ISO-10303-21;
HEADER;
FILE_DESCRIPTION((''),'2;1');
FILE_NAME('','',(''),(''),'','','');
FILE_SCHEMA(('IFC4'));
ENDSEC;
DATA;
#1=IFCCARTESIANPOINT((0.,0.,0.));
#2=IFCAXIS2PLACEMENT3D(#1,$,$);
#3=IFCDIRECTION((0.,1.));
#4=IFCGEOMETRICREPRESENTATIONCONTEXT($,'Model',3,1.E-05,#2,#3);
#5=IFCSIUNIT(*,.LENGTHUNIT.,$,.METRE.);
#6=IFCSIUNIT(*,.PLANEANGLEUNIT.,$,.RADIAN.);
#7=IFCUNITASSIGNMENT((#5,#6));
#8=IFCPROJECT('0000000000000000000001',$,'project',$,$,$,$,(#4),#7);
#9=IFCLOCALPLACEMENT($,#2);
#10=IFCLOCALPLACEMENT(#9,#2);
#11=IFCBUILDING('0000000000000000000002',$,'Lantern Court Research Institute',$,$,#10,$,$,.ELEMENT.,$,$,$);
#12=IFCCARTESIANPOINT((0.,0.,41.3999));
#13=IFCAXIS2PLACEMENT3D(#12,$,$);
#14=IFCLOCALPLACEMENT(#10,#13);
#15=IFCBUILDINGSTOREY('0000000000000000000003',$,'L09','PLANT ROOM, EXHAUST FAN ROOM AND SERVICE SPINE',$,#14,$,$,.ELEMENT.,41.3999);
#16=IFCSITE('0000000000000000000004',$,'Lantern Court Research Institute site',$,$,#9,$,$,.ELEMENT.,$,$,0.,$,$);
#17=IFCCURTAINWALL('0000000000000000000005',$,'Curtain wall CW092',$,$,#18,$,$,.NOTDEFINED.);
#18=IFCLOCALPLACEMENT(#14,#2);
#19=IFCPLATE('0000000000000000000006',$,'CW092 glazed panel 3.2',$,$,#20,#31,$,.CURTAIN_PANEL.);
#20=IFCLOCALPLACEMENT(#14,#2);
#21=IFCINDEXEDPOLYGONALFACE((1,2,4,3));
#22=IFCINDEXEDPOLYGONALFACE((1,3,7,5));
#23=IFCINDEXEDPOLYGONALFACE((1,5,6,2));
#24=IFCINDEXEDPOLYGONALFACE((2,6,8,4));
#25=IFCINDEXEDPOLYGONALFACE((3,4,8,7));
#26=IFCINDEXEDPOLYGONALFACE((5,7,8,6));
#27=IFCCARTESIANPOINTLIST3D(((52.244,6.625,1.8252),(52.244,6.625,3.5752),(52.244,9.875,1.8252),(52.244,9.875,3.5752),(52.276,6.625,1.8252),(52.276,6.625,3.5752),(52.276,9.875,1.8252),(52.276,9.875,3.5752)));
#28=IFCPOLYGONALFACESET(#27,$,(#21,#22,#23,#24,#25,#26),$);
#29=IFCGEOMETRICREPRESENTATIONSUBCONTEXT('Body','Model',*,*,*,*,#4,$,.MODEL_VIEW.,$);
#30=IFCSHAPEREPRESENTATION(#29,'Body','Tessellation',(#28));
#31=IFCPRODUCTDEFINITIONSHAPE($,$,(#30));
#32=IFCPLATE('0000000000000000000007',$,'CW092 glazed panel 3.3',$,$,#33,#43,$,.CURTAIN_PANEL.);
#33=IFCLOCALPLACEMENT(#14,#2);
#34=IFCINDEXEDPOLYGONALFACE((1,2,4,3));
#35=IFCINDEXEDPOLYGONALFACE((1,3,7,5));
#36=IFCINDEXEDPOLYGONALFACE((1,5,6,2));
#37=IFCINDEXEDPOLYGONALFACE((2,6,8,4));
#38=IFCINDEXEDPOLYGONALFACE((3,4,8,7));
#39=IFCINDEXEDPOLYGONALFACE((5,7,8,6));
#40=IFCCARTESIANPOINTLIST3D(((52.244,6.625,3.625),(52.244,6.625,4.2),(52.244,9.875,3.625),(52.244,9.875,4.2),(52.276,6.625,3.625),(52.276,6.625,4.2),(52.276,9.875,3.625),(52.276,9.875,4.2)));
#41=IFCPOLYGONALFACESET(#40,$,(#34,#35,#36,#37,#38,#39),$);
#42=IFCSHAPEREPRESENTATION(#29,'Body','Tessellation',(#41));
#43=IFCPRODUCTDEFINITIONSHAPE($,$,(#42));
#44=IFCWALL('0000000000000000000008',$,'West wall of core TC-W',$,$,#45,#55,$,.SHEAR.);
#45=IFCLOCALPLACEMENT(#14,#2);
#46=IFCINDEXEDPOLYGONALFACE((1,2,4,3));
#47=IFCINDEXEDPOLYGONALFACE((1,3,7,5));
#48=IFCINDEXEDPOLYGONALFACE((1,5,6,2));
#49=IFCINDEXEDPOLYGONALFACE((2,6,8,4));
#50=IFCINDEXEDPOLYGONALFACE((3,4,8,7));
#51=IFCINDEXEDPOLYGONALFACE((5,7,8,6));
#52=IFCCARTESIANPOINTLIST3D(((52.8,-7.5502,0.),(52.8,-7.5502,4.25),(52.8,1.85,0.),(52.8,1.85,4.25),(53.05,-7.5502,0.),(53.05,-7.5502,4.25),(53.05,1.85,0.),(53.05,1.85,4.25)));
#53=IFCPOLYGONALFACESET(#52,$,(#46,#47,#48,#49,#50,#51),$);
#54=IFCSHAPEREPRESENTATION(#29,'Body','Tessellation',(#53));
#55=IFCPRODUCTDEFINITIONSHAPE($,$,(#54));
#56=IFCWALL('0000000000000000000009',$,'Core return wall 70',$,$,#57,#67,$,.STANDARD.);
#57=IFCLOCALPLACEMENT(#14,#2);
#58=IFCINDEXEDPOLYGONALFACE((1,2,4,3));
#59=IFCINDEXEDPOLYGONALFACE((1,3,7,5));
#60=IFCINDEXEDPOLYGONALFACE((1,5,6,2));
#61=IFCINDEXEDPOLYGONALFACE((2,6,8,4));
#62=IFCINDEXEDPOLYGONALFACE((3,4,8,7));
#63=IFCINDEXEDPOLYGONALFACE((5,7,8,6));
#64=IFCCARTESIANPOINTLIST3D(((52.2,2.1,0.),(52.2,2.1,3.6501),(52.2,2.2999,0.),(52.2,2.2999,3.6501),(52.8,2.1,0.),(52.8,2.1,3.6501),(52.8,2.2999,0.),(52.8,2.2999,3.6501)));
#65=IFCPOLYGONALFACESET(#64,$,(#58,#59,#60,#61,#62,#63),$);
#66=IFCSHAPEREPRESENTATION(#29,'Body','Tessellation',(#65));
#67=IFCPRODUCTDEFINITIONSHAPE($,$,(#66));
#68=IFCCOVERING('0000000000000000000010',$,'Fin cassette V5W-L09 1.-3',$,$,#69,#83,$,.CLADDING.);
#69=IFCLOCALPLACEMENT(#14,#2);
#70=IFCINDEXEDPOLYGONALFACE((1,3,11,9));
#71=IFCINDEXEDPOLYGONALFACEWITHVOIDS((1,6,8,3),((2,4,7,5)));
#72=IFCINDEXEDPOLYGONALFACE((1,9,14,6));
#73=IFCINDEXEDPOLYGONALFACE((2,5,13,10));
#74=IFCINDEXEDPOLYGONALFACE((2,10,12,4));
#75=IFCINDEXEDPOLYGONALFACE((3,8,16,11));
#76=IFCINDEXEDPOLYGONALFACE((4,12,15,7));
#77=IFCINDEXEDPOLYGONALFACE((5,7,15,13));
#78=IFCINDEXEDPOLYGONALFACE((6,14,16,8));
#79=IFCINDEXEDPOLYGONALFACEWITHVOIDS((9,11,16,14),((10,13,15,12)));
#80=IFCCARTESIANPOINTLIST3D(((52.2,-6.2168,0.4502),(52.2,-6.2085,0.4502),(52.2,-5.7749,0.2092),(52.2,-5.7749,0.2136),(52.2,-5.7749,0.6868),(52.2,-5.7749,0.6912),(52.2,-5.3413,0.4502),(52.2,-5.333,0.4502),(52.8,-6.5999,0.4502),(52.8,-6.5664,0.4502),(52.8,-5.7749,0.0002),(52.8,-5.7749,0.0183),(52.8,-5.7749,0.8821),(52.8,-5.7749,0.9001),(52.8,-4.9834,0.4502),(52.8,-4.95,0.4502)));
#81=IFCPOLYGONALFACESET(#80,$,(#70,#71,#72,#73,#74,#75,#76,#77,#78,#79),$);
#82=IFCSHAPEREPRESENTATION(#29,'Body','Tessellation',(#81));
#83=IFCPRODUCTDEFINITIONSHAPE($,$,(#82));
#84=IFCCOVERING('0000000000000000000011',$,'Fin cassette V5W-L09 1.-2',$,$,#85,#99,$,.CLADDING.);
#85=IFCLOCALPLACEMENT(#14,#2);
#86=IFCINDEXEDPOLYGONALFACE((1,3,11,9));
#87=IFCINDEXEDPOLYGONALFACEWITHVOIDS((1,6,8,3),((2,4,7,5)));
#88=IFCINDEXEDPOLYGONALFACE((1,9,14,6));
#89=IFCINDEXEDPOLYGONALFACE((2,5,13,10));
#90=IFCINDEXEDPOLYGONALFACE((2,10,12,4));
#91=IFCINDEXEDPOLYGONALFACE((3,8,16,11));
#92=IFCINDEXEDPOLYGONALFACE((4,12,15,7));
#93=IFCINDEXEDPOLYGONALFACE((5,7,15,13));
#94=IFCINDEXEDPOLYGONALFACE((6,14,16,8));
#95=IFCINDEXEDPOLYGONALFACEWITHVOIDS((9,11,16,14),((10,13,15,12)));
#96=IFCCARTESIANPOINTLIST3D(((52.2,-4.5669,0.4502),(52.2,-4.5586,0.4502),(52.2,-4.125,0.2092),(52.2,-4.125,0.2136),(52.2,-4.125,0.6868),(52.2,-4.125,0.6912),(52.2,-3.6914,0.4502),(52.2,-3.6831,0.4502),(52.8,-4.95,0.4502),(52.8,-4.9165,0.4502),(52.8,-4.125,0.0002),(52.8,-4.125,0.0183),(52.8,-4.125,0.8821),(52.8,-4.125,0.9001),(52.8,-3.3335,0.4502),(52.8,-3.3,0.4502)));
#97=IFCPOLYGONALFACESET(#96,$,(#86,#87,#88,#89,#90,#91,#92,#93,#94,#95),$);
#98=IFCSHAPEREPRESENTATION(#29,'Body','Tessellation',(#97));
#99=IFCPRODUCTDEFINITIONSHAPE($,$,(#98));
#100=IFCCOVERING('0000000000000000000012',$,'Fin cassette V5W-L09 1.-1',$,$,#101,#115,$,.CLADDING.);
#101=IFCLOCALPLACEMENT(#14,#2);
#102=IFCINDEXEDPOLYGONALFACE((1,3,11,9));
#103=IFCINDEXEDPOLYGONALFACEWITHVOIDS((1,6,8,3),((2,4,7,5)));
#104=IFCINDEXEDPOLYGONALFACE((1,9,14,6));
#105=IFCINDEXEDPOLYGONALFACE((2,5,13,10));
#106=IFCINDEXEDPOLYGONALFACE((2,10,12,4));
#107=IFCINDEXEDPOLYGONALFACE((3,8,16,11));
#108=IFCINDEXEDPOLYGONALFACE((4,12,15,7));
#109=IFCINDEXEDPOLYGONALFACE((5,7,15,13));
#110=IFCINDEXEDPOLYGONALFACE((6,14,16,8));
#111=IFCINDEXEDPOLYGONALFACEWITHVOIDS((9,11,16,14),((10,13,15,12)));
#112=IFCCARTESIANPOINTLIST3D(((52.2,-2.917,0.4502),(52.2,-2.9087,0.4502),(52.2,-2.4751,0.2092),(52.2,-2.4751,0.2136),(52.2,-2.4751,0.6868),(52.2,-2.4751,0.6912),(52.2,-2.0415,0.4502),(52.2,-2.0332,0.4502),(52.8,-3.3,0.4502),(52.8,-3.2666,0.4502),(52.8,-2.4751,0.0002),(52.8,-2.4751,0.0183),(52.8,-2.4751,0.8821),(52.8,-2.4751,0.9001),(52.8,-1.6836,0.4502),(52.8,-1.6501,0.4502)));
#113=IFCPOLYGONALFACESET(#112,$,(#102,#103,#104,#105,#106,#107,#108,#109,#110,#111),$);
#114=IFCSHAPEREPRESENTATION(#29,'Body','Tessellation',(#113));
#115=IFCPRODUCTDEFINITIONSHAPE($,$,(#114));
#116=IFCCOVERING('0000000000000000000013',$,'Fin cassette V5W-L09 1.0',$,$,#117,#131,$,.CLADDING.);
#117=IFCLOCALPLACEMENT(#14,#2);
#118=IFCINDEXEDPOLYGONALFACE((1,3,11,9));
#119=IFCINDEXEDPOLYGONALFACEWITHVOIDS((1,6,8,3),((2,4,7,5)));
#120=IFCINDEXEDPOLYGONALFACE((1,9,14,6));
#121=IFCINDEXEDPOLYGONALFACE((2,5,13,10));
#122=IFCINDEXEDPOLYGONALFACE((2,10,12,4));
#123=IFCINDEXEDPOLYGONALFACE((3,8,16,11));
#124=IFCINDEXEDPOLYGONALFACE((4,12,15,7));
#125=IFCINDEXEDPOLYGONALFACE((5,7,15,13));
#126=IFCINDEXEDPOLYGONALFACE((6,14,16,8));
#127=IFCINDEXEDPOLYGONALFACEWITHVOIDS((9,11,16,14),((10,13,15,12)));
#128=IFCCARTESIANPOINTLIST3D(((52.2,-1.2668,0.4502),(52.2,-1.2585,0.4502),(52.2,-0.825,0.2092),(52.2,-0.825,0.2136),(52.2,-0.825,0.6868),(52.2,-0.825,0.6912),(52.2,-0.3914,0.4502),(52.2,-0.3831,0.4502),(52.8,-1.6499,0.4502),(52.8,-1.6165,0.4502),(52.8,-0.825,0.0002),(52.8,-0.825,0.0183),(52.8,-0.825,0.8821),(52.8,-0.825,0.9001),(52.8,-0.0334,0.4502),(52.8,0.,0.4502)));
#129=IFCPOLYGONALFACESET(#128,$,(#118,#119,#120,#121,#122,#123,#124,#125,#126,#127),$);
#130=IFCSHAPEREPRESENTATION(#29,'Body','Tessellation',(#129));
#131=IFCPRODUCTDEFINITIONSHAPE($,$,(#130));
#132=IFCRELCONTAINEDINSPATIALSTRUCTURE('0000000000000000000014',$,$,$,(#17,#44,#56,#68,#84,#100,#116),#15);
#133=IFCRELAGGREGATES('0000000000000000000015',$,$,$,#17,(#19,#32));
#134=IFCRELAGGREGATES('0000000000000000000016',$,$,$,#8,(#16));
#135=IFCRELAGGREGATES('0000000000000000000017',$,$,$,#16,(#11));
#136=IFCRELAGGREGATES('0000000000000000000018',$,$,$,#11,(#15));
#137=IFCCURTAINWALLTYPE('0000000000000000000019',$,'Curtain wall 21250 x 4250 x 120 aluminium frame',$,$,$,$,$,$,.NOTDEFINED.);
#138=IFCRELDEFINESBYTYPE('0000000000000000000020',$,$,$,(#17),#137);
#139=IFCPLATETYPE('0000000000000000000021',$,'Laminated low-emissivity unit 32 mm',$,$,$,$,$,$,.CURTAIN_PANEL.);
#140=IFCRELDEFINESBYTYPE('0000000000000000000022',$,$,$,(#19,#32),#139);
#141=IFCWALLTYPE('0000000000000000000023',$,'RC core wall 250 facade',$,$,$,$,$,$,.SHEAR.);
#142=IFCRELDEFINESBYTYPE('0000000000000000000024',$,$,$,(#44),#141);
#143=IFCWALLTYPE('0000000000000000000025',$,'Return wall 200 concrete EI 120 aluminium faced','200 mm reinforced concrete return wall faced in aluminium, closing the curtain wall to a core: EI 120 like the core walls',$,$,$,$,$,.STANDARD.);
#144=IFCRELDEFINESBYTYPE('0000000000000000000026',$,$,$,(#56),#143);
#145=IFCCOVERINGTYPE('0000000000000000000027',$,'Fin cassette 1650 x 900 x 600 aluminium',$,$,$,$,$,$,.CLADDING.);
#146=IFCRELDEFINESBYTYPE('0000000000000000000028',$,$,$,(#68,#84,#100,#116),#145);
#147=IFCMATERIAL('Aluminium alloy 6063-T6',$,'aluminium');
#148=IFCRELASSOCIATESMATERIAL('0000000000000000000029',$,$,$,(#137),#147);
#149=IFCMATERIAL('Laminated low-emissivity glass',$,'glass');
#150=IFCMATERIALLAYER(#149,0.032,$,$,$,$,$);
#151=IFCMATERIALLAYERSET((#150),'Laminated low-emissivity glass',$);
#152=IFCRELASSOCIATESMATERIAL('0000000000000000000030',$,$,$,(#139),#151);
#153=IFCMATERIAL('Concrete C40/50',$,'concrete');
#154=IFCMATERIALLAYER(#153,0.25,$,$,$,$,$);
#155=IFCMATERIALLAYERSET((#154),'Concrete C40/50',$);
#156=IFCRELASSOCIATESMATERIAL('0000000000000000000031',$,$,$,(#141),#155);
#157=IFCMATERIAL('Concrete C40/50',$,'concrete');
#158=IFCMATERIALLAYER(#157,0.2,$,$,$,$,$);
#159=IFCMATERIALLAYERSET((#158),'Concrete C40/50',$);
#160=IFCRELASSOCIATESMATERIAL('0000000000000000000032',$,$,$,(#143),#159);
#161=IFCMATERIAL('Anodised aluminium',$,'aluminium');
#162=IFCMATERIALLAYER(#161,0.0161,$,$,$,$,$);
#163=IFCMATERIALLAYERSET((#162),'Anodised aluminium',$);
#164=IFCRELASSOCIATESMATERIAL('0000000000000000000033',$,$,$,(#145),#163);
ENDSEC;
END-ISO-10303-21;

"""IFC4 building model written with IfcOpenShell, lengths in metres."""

from ifc_helpers import new_model, entity, si_unit, direction, frame, frame_2d, origin, origin_2d, place, context, subcontext, project, spatial, rectangle, extrude, material, layer, layer_set, type_object, element, aggregate, save


model = new_model("IFC4")

# Units and contexts
model_context = context("Model", 3, precision=1e-05, world=origin(), true_north=direction((0.0, 1.0)))
body_context = subcontext(model_context, "Body", "Model", "MODEL_VIEW")
ifc_project = project(units=[si_unit("LENGTHUNIT", "METRE"), si_unit("PLANEANGLEUNIT", "RADIAN")], contexts=[model_context])

# Site, building, storey
site_placement = place(None, origin())
site = spatial("IfcSite", under=ifc_project, at=site_placement, Name="Lantern Court Research Institute site", CompositionType="ELEMENT", RefElevation=0.0)
building_placement = place(site_placement, origin())
building = spatial("IfcBuilding", under=site, at=building_placement, Name="Lantern Court Research Institute", CompositionType="ELEMENT")
storey_placement = place(building_placement, frame((0.0, 0.0, 41.3999)))
storey = spatial("IfcBuildingStorey", under=building, at=storey_placement, Name="L09", Description="PLANT ROOM, EXHAUST FAN ROOM AND SERVICE SPINE", CompositionType="ELEMENT", Elevation=41.3999)

# Curtain wall, plates
ifc_material_1 = material(Name="Aluminium alloy 6063-T6", Category="aluminium")
curtain_wall_type = type_object("IfcCurtainWallType", Name="Curtain wall 21250 x 4250 x 120 aluminium frame", PredefinedType="NOTDEFINED", material=ifc_material_1)
curtain_wall_placement = place(storey_placement, origin())
curtain_wall = element("IfcCurtainWall", 1, at=curtain_wall_placement, inside=storey, type_object=curtain_wall_type, Name="Curtain wall CW092", PredefinedType="NOTDEFINED")
ifc_material_2 = material(Name="Laminated low-emissivity glass", Category="glass")
ifc_layer_1 = layer(ifc_material_2, 0.032)
ifc_layer_set_1 = layer_set([ifc_layer_1], Name="Laminated low-emissivity glass")
plate_type_1 = type_object("IfcPlateType", Name="Laminated low-emissivity unit 32 mm", PredefinedType="CURTAIN_PANEL", material=ifc_layer_set_1)
plate_1_placement = place(storey_placement, frame((52.26, 8.25, 1.8252), z_axis=(0.0, 0.0, 1.0), x_axis=(0.0, 1.0, 0.0)))
plate_1 = element("IfcPlate", 2, at=plate_1_placement, type_object=plate_type_1, Name="CW092 glazed panel 3.2", PredefinedType="CURTAIN_PANEL", context=body_context, shape_type="SweptSolid", body=[
    extrude(rectangle(XDim=3.25, YDim=0.032, at=origin_2d()), origin(), (0.0, 0.0, 1.0), 1.75),
])
plate_2_placement = place(storey_placement, frame((52.26, 8.25, 3.625), z_axis=(0.0, 0.0, 1.0), x_axis=(0.0, 1.0, 0.0)))
plate_2 = element("IfcPlate", 3, at=plate_2_placement, type_object=plate_type_1, Name="CW092 glazed panel 3.3", PredefinedType="CURTAIN_PANEL", context=body_context, shape_type="SweptSolid", body=[
    extrude(rectangle(XDim=3.25, YDim=0.032, at=origin_2d()), origin(), (0.0, 0.0, 1.0), 0.575),
])
aggregate(curtain_wall, [plate_1, plate_2])

# Walls
ifc_material_3 = material(Name="Concrete C40/50", Category="concrete")
ifc_layer_2 = layer(ifc_material_3, 0.25)
ifc_layer_set_2 = layer_set([ifc_layer_2], Name="Concrete C40/50")
wall_type_1 = type_object("IfcWallType", Name="RC core wall 250 facade", PredefinedType="SHEAR", material=ifc_layer_set_2)
wall_1_placement = place(storey_placement, frame((52.925, 1.8501, 0.0), z_axis=(0.0, 0.0, 1.0), x_axis=(0.0, -1.0, 0.0)))
element("IfcWall", 4, at=wall_1_placement, inside=storey, type_object=wall_type_1, Name="West wall of core TC-W", PredefinedType="SHEAR", context=body_context, shape_type="SweptSolid", body=[
    extrude(rectangle(XDim=9.4001, YDim=0.25, at=frame_2d((4.7002, 0.0))), origin(), (0.0, 0.0, 1.0), 4.25),
])
ifc_material_4 = material(Name="Concrete C40/50", Category="concrete")
ifc_layer_3 = layer(ifc_material_4, 0.2)
ifc_layer_set_3 = layer_set([ifc_layer_3], Name="Concrete C40/50")
wall_type_2 = type_object("IfcWallType", Name="Return wall 200 concrete EI 120 aluminium faced", Description="200 mm reinforced concrete return wall faced in aluminium, closing the curtain wall to a core: EI 120 like the core walls", PredefinedType="STANDARD", material=ifc_layer_set_3)
wall_2_placement = place(storey_placement, frame((52.8, 2.2, 0.0), z_axis=(0.0, 0.0, 1.0), x_axis=(-1.0, 0.0, 0.0)))
element("IfcWall", 5, at=wall_2_placement, inside=storey, type_object=wall_type_2, Name="Core return wall 70", PredefinedType="STANDARD", context=body_context, shape_type="SweptSolid", body=[
    extrude(rectangle(XDim=0.6001, YDim=0.2, at=frame_2d((0.3, 0.0))), origin(), (0.0, 0.0, 1.0), 3.6501),
])

# Coverings
ifc_material_5 = material(Name="Anodised aluminium", Category="aluminium")
ifc_layer_4 = layer(ifc_material_5, 0.0161)
ifc_layer_set_4 = layer_set([ifc_layer_4], Name="Anodised aluminium")
covering_type = type_object("IfcCoveringType", Name="Fin cassette 1650 x 900 x 600 aluminium", PredefinedType="CLADDING", material=ifc_layer_set_4)
covering_1_placement = place(storey_placement, frame((52.8, -5.7749, 0.4502), z_axis=(-1.0, 0.0, 0.0), x_axis=(0.0, -1.0, 0.0)))
cartesian_point_1 = entity("IfcCartesianPoint", [0.825, 0.0])
cartesian_point_2 = entity("IfcCartesianPoint", [0.7915, 0.0])
cartesian_point_3 = entity("IfcCartesianPoint", [0.4419, 0.0])
cartesian_point_4 = entity("IfcCartesianPoint", [0.4336, 0.0])
element("IfcCovering", 6, at=covering_1_placement, inside=storey, type_object=covering_type, Name="Fin cassette V5W-L09 1.-3", PredefinedType="CLADDING", context=body_context, shape_type="SweptSolid", body=[
    entity("IfcExtrudedAreaSolidTapered", entity("IfcArbitraryProfileDefWithVoids", "AREA", None, entity("IfcPolyline", [cartesian_point_1, entity("IfcCartesianPoint", [0.0, 0.45]), entity("IfcCartesianPoint", [-0.825, 0.0]), entity("IfcCartesianPoint", [0.0, -0.45]), cartesian_point_1]), [entity("IfcPolyline", [cartesian_point_2, entity("IfcCartesianPoint", [0.0, 0.4319]), entity("IfcCartesianPoint", [-0.7915, 0.0]), entity("IfcCartesianPoint", [0.0, -0.4319]), cartesian_point_2])]), entity("IfcAxis2Placement3D", entity("IfcCartesianPoint", [0.0, 0.0, 0.0])), entity("IfcDirection", [0.0, 0.0, 1.0]), 0.6001, entity("IfcArbitraryProfileDefWithVoids", "AREA", None, entity("IfcPolyline", [cartesian_point_3, entity("IfcCartesianPoint", [0.0, 0.241]), entity("IfcCartesianPoint", [-0.4419, 0.0]), entity("IfcCartesianPoint", [0.0, -0.241]), cartesian_point_3]), [entity("IfcPolyline", [cartesian_point_4, entity("IfcCartesianPoint", [0.0, 0.2366]), entity("IfcCartesianPoint", [-0.4336, 0.0]), entity("IfcCartesianPoint", [0.0, -0.2366]), cartesian_point_4])])),
])
covering_2_placement = place(storey_placement, frame((52.8, -4.125, 0.4502), z_axis=(-1.0, 0.0, 0.0), x_axis=(0.0, -1.0, 0.0)))
cartesian_point_5 = entity("IfcCartesianPoint", [0.825, 0.0])
cartesian_point_6 = entity("IfcCartesianPoint", [0.7915, 0.0])
cartesian_point_7 = entity("IfcCartesianPoint", [0.4419, 0.0])
cartesian_point_8 = entity("IfcCartesianPoint", [0.4336, 0.0])
element("IfcCovering", 7, at=covering_2_placement, inside=storey, type_object=covering_type, Name="Fin cassette V5W-L09 1.-2", PredefinedType="CLADDING", context=body_context, shape_type="SweptSolid", body=[
    entity("IfcExtrudedAreaSolidTapered", entity("IfcArbitraryProfileDefWithVoids", "AREA", None, entity("IfcPolyline", [cartesian_point_5, entity("IfcCartesianPoint", [0.0, 0.45]), entity("IfcCartesianPoint", [-0.825, 0.0]), entity("IfcCartesianPoint", [0.0, -0.45]), cartesian_point_5]), [entity("IfcPolyline", [cartesian_point_6, entity("IfcCartesianPoint", [0.0, 0.4319]), entity("IfcCartesianPoint", [-0.7915, 0.0]), entity("IfcCartesianPoint", [0.0, -0.4319]), cartesian_point_6])]), entity("IfcAxis2Placement3D", entity("IfcCartesianPoint", [0.0, 0.0, 0.0])), entity("IfcDirection", [0.0, 0.0, 1.0]), 0.6001, entity("IfcArbitraryProfileDefWithVoids", "AREA", None, entity("IfcPolyline", [cartesian_point_7, entity("IfcCartesianPoint", [0.0, 0.241]), entity("IfcCartesianPoint", [-0.4419, 0.0]), entity("IfcCartesianPoint", [0.0, -0.241]), cartesian_point_7]), [entity("IfcPolyline", [cartesian_point_8, entity("IfcCartesianPoint", [0.0, 0.2366]), entity("IfcCartesianPoint", [-0.4336, 0.0]), entity("IfcCartesianPoint", [0.0, -0.2366]), cartesian_point_8])])),
])
covering_3_placement = place(storey_placement, frame((52.8, -2.4751, 0.4502), z_axis=(-1.0, 0.0, 0.0), x_axis=(0.0, -1.0, 0.0)))
cartesian_point_9 = entity("IfcCartesianPoint", [0.825, 0.0])
cartesian_point_10 = entity("IfcCartesianPoint", [0.7915, 0.0])
cartesian_point_11 = entity("IfcCartesianPoint", [0.4419, 0.0])
cartesian_point_12 = entity("IfcCartesianPoint", [0.4336, 0.0])
element("IfcCovering", 8, at=covering_3_placement, inside=storey, type_object=covering_type, Name="Fin cassette V5W-L09 1.-1", PredefinedType="CLADDING", context=body_context, shape_type="SweptSolid", body=[
    entity("IfcExtrudedAreaSolidTapered", entity("IfcArbitraryProfileDefWithVoids", "AREA", None, entity("IfcPolyline", [cartesian_point_9, entity("IfcCartesianPoint", [0.0, 0.45]), entity("IfcCartesianPoint", [-0.825, 0.0]), entity("IfcCartesianPoint", [0.0, -0.45]), cartesian_point_9]), [entity("IfcPolyline", [cartesian_point_10, entity("IfcCartesianPoint", [0.0, 0.4319]), entity("IfcCartesianPoint", [-0.7915, 0.0]), entity("IfcCartesianPoint", [0.0, -0.4319]), cartesian_point_10])]), entity("IfcAxis2Placement3D", entity("IfcCartesianPoint", [0.0, 0.0, 0.0])), entity("IfcDirection", [0.0, 0.0, 1.0]), 0.6001, entity("IfcArbitraryProfileDefWithVoids", "AREA", None, entity("IfcPolyline", [cartesian_point_11, entity("IfcCartesianPoint", [0.0, 0.241]), entity("IfcCartesianPoint", [-0.4419, 0.0]), entity("IfcCartesianPoint", [0.0, -0.241]), cartesian_point_11]), [entity("IfcPolyline", [cartesian_point_12, entity("IfcCartesianPoint", [0.0, 0.2366]), entity("IfcCartesianPoint", [-0.4336, 0.0]), entity("IfcCartesianPoint", [0.0, -0.2366]), cartesian_point_12])])),
])
covering_4_placement = place(storey_placement, frame((52.8, -0.825, 0.4502), z_axis=(-1.0, 0.0, 0.0), x_axis=(0.0, -1.0, 0.0)))
cartesian_point_13 = entity("IfcCartesianPoint", [0.825, 0.0])
cartesian_point_14 = entity("IfcCartesianPoint", [0.7915, 0.0])
cartesian_point_15 = entity("IfcCartesianPoint", [0.4419, 0.0])
cartesian_point_16 = entity("IfcCartesianPoint", [0.4336, 0.0])
element("IfcCovering", 9, at=covering_4_placement, inside=storey, type_object=covering_type, Name="Fin cassette V5W-L09 1.0", PredefinedType="CLADDING", context=body_context, shape_type="SweptSolid", body=[
    entity("IfcExtrudedAreaSolidTapered", entity("IfcArbitraryProfileDefWithVoids", "AREA", None, entity("IfcPolyline", [cartesian_point_13, entity("IfcCartesianPoint", [0.0, 0.45]), entity("IfcCartesianPoint", [-0.825, 0.0]), entity("IfcCartesianPoint", [0.0, -0.45]), cartesian_point_13]), [entity("IfcPolyline", [cartesian_point_14, entity("IfcCartesianPoint", [0.0, 0.4319]), entity("IfcCartesianPoint", [-0.7915, 0.0]), entity("IfcCartesianPoint", [0.0, -0.4319]), cartesian_point_14])]), entity("IfcAxis2Placement3D", entity("IfcCartesianPoint", [0.0, 0.0, 0.0])), entity("IfcDirection", [0.0, 0.0, 1.0]), 0.6001, entity("IfcArbitraryProfileDefWithVoids", "AREA", None, entity("IfcPolyline", [cartesian_point_15, entity("IfcCartesianPoint", [0.0, 0.241]), entity("IfcCartesianPoint", [-0.4419, 0.0]), entity("IfcCartesianPoint", [0.0, -0.241]), cartesian_point_15]), [entity("IfcPolyline", [cartesian_point_16, entity("IfcCartesianPoint", [0.0, 0.2366]), entity("IfcCartesianPoint", [-0.4336, 0.0]), entity("IfcCartesianPoint", [0.0, -0.2366]), cartesian_point_16])])),
])

save(model, "model.ifc")
